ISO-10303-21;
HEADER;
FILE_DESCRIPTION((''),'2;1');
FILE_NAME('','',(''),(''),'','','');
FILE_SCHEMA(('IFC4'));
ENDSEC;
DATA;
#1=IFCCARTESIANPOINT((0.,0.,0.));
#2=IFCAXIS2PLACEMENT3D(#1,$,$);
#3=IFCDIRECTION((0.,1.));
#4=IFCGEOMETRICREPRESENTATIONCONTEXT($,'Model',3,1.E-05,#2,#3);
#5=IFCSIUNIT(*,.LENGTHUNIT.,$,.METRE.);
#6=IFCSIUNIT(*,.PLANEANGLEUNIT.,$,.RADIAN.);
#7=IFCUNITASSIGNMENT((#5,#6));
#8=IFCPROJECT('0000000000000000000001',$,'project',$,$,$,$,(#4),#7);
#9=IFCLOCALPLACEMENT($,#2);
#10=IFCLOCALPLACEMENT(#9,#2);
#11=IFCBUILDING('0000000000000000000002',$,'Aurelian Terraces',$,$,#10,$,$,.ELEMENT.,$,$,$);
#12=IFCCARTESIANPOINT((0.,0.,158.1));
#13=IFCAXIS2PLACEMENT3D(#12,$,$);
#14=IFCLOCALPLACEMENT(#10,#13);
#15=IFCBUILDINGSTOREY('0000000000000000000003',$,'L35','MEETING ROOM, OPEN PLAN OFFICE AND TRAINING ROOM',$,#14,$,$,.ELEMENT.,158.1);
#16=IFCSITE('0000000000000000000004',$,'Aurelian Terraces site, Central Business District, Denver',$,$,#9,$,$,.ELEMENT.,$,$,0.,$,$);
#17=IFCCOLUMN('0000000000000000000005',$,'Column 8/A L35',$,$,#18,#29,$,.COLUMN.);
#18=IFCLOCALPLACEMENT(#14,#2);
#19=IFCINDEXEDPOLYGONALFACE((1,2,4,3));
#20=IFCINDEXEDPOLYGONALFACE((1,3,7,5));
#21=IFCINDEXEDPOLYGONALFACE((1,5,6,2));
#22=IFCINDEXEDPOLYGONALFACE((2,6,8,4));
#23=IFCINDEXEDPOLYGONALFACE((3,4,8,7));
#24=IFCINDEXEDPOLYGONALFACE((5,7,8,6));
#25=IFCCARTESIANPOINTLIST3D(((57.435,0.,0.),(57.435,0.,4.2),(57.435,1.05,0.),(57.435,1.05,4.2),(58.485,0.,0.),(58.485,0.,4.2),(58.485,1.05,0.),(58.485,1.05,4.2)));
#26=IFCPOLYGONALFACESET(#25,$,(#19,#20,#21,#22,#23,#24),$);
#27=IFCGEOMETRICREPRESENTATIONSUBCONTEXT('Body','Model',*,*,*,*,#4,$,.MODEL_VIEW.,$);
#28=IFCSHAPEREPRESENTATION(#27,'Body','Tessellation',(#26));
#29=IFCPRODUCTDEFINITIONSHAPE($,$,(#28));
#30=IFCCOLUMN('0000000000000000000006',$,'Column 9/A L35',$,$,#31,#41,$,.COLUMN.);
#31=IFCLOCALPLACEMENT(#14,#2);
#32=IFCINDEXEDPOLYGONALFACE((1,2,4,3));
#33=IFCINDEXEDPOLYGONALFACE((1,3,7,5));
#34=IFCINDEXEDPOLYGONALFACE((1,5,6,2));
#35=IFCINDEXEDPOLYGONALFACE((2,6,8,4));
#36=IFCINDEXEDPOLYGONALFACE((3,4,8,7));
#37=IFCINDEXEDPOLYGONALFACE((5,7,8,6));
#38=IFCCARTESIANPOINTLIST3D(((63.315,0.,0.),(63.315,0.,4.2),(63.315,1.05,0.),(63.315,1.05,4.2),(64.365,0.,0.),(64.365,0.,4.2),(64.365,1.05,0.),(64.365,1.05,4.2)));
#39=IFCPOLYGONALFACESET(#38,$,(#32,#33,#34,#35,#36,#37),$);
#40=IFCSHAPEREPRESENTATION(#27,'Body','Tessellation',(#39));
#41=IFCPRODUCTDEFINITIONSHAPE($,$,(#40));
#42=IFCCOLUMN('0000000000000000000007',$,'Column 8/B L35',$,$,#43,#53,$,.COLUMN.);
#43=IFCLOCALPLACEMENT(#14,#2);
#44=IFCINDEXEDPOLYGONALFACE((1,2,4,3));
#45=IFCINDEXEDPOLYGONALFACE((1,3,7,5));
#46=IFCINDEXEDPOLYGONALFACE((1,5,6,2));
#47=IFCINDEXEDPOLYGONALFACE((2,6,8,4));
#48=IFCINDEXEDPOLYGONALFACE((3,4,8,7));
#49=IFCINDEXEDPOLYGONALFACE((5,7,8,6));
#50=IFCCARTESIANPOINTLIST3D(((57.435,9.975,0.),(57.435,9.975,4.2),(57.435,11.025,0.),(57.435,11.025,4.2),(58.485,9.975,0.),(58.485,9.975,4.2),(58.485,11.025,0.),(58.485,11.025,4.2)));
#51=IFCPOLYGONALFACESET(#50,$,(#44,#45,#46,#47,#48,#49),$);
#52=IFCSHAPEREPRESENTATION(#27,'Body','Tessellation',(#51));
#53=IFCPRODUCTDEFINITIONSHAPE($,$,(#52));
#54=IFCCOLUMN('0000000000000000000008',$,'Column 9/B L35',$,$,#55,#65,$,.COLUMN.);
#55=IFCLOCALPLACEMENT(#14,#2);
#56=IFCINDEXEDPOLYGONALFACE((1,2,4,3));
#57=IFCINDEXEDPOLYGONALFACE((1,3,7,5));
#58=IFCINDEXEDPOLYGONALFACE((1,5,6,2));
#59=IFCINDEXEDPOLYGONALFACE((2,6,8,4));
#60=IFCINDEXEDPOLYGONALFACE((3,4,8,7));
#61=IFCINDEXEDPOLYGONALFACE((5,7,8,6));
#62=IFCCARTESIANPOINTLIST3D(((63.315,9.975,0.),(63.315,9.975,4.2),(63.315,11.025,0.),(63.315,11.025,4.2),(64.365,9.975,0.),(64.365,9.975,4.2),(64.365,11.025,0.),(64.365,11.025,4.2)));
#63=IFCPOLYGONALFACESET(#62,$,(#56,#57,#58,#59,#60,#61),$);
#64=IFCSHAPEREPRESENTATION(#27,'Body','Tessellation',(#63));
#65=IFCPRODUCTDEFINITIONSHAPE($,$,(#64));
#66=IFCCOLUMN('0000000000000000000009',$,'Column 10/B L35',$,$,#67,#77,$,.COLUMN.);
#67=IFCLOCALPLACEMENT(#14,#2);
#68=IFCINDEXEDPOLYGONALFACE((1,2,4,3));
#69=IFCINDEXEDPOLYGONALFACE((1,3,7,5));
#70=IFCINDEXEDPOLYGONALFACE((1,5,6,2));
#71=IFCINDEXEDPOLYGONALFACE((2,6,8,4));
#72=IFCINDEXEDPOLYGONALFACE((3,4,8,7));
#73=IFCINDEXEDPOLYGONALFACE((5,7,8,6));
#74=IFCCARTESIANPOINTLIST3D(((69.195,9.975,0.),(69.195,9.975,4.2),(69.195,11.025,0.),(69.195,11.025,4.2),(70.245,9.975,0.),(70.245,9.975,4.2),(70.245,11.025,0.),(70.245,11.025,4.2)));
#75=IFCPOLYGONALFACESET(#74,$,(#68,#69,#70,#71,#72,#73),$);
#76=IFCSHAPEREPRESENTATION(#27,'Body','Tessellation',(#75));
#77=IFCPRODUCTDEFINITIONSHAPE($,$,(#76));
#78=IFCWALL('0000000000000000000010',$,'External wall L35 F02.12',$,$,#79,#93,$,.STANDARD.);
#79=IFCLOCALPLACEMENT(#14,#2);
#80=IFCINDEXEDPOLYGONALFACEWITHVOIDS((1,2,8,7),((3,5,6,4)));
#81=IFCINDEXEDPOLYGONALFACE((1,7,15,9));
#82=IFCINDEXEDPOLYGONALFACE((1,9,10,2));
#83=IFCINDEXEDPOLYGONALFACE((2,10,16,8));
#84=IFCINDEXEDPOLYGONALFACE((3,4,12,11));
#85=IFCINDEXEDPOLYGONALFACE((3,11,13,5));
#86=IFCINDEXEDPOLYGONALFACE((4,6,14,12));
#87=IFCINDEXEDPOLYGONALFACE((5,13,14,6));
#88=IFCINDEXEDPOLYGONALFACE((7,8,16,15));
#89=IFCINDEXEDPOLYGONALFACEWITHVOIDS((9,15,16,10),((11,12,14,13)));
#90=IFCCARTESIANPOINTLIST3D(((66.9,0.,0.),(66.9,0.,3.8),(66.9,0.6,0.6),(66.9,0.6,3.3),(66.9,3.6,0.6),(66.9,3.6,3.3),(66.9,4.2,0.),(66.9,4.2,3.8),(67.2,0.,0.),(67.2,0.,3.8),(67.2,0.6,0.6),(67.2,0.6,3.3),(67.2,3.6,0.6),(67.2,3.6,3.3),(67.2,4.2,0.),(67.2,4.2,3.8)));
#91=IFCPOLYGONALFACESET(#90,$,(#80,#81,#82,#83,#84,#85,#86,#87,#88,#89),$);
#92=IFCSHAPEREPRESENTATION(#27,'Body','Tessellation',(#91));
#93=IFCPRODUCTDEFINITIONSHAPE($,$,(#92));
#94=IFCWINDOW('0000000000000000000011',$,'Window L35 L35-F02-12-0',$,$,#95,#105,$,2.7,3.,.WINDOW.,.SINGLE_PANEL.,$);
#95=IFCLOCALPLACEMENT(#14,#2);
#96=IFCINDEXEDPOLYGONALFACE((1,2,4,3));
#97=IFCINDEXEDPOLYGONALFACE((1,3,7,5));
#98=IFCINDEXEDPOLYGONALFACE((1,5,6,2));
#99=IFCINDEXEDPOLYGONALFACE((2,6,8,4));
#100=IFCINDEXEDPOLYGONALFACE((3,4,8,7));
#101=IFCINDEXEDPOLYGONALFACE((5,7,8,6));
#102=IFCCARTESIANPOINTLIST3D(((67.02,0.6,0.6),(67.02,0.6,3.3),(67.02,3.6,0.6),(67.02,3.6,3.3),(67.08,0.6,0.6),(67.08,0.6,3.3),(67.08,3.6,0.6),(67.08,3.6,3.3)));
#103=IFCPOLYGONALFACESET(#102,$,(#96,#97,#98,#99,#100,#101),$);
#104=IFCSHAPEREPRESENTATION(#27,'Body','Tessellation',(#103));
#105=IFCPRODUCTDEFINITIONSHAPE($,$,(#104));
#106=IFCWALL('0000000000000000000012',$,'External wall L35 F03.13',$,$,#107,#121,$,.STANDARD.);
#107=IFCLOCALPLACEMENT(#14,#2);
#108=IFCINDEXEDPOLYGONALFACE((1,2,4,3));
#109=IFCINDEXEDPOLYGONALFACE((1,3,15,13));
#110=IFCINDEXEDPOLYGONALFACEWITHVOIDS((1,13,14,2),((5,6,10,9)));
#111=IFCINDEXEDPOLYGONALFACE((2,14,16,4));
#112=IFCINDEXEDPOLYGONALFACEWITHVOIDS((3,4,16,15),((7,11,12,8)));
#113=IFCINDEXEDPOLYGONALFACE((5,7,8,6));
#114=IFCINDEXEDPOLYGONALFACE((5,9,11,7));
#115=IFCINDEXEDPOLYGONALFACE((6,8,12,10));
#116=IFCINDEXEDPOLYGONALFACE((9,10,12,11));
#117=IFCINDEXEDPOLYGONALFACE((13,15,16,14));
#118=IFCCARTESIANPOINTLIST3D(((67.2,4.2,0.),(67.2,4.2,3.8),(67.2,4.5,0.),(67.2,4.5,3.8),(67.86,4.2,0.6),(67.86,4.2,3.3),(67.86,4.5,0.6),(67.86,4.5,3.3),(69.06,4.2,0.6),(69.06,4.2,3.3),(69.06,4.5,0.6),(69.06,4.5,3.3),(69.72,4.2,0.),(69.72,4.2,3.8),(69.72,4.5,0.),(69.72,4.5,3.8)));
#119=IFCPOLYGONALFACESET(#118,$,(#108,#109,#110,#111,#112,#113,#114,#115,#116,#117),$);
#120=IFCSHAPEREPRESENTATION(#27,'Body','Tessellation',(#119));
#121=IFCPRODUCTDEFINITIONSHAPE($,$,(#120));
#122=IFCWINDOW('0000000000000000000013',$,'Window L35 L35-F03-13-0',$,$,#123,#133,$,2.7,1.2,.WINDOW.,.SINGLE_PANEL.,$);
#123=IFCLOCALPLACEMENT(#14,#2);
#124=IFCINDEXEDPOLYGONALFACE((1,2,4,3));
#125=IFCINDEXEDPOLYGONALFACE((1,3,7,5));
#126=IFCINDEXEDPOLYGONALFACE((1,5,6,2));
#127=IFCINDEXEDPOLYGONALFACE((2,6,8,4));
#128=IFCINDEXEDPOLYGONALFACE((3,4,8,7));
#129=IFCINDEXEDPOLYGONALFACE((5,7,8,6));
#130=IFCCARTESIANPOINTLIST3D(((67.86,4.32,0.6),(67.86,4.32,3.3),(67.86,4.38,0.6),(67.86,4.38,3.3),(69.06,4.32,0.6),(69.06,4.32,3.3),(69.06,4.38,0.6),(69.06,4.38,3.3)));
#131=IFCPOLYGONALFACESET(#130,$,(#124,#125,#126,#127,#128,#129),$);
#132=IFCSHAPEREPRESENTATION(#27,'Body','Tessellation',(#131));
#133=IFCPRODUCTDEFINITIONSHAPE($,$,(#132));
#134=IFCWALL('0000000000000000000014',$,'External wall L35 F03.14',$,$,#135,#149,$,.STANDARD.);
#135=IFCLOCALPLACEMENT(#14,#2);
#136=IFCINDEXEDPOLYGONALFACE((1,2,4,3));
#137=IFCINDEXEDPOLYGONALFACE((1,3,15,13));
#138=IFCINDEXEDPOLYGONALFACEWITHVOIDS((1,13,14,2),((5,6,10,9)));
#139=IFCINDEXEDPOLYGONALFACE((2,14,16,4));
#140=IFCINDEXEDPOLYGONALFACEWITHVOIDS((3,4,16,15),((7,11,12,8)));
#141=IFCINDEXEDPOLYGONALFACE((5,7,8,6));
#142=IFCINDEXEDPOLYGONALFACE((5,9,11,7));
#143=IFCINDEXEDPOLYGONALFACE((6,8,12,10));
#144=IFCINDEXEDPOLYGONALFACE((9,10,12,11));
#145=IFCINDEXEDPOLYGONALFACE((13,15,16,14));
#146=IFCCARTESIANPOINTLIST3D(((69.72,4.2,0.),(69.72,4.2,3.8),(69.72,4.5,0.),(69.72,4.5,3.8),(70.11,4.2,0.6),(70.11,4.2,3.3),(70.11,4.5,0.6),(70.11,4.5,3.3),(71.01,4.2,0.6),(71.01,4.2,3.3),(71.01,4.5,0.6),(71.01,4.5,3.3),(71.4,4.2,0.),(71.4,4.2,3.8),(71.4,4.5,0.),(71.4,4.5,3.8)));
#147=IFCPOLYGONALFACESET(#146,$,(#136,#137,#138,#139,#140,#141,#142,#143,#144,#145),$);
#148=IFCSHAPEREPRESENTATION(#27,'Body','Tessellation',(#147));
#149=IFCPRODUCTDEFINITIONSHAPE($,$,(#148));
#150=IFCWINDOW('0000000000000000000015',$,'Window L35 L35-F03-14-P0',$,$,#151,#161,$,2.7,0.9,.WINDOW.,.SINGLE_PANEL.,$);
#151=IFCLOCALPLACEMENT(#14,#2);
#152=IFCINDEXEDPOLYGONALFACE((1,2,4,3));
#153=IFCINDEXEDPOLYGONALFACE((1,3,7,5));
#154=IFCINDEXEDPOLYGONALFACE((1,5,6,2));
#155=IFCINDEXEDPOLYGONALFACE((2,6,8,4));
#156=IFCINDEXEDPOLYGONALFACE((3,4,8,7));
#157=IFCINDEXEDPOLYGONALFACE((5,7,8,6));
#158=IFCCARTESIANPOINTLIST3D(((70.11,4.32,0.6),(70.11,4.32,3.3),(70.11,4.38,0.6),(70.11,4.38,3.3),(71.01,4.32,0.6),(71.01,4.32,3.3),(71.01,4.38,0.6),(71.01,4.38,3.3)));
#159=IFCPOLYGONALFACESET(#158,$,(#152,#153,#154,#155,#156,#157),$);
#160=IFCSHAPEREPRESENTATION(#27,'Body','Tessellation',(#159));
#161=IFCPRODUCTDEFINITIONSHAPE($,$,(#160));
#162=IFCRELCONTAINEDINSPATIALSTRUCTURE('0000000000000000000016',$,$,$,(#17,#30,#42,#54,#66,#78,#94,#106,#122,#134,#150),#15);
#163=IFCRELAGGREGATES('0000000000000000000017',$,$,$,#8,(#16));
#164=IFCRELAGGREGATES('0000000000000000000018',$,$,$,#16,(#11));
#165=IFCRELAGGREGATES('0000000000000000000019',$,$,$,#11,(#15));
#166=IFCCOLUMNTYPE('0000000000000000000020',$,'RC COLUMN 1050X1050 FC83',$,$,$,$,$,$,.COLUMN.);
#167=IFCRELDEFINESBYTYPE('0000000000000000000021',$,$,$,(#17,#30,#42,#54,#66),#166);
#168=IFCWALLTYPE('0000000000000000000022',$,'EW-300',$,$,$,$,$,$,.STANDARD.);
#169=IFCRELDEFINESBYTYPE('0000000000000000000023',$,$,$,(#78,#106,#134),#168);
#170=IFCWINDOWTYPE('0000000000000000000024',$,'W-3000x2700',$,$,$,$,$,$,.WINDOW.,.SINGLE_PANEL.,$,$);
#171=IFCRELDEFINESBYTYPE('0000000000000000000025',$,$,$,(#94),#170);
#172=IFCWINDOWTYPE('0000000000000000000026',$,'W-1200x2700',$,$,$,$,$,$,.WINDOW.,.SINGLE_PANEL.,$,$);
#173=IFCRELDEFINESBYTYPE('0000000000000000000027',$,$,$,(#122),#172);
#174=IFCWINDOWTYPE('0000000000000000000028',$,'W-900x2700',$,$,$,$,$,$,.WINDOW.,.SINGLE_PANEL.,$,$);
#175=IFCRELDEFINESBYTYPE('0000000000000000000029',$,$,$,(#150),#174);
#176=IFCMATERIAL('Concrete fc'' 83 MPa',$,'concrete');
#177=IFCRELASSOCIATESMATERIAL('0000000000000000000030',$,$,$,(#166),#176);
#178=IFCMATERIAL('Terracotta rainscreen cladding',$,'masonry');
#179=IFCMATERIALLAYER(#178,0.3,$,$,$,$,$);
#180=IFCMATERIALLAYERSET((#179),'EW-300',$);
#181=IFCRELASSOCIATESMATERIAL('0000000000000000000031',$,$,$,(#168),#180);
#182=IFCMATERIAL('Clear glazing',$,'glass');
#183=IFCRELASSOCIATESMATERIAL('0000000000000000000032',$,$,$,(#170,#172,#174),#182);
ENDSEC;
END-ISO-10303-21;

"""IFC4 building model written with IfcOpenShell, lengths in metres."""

from ifc_helpers import new_model, si_unit, direction, frame, frame_2d, origin, origin_2d, place, context, subcontext, project, spatial, rectangle, extrude, source, transform, mapped, material, layer, layer_set, material_profile, profile_set, type_object, element, fill, save


model = new_model("IFC4")

# Units and contexts
model_context = context("Model", 3, precision=1e-05, world=origin(), true_north=direction((0.0, 1.0)))
body_context = subcontext(model_context, "Body", "Model", "MODEL_VIEW")
ifc_project = project(units=[si_unit("LENGTHUNIT", "METRE"), si_unit("PLANEANGLEUNIT", "RADIAN")], contexts=[model_context])

# Site, building, storey
site_placement = place(None, origin())
site = spatial("IfcSite", under=ifc_project, at=site_placement, Name="Aurelian Terraces site, Central Business District, Denver", CompositionType="ELEMENT", RefElevation=0.0)
building_placement = place(site_placement, origin())
building = spatial("IfcBuilding", under=site, at=building_placement, Name="Aurelian Terraces", CompositionType="ELEMENT")
storey_placement = place(building_placement, frame((0.0, 0.0, 158.1)))
storey = spatial("IfcBuildingStorey", under=building, at=storey_placement, Name="L35", Description="MEETING ROOM, OPEN PLAN OFFICE AND TRAINING ROOM", CompositionType="ELEMENT", Elevation=158.1)

# Columns
ifc_material_1 = material(Name="Concrete fc' 83 MPa", Category="concrete")
ifc_material_profile = material_profile(ifc_material_1, rectangle(XDim=1.05, YDim=1.05, at=origin_2d()))
ifc_profile_set = profile_set([ifc_material_profile], Name="Concrete fc' 83 MPa")
column_type = type_object("IfcColumnType", Name="RC COLUMN 1050X1050 FC83", PredefinedType="COLUMN", material=ifc_profile_set)
shared_shape_1 = source(origin(), body_context, "Body", "SweptSolid", [
    extrude(rectangle(XDim=1.05, YDim=1.05, at=origin_2d()), origin(), (0.0, 0.0, 1.0), 4.2),
])
for number, where, z_axis, x_axis, name in (
    (1, (57.96, 0.525, 0.0), (0.0, 0.0, 1.0), (1.0, 0.0, 0.0), "Column 8/A L35"),
    (2, (63.84, 0.525, 0.0), (0.0, 0.0, 1.0), (1.0, 0.0, 0.0), "Column 9/A L35"),
    (3, (57.96, 10.5, 0.0), (0.0, 0.0, 1.0), (1.0, 0.0, 0.0), "Column 8/B L35"),
    (4, (63.84, 10.5, 0.0), (0.0, 0.0, 1.0), (1.0, 0.0, 0.0), "Column 9/B L35"),
    (5, (69.72, 10.5, 0.0), (0.0, 0.0, 1.0), (1.0, 0.0, 0.0), "Column 10/B L35"),
):
    element("IfcColumn", number, at=place(storey_placement, frame(where, z_axis=z_axis, x_axis=x_axis)), inside=storey, type_object=column_type, Name=name, PredefinedType="COLUMN", context=body_context, shape_type="MappedRepresentation", body=[
        mapped(shared_shape_1, transform((0.0, 0.0, 0.0), scale=1.0)),
    ])

# Walls, openings, windows
ifc_material_2 = material(Name="Terracotta rainscreen cladding", Category="masonry")
ifc_layer_1 = layer(ifc_material_2, 0.3)
ifc_layer_set_1 = layer_set([ifc_layer_1], Name="EW-300")
wall_type_1 = type_object("IfcWallType", Name="EW-300", PredefinedType="STANDARD", material=ifc_layer_set_1)
shared_shape_2 = source(origin(), body_context, "Body", "SweptSolid", [
    extrude(rectangle(XDim=4.2, YDim=0.3, at=frame_2d((2.1, 0.0))), origin(), (0.0, 0.0, 1.0), 3.8),
])
wall_1_placement = place(storey_placement, frame((67.05, 0.0, 0.0), z_axis=(0.0, 0.0, 1.0), x_axis=(0.0, 1.0, 0.0)))
wall_1 = element("IfcWall", 6, at=wall_1_placement, inside=storey, type_object=wall_type_1, Name="External wall L35 F02.12", PredefinedType="STANDARD", context=body_context, shape_type="MappedRepresentation", body=[
    mapped(shared_shape_2, transform((0.0, 0.0, 0.0), scale=1.0)),
])
shared_shape_3 = source(origin(), body_context, "Body", "SweptSolid", [
    extrude(rectangle(XDim=3.0, YDim=2.7, at=frame_2d((1.5, 1.35))), frame((0.0, 0.16, 0.0), z_axis=(0.0, -1.0, 0.0), x_axis=(1.0, 0.0, 0.0)), (0.0, 0.0, 1.0), 0.32),
])
opening_1_placement = place(wall_1_placement, frame((0.6, 0.0, 0.6)))
opening_1 = element("IfcOpeningElement", 7, at=opening_1_placement, cuts=wall_1, PredefinedType="OPENING", context=body_context, shape_type="MappedRepresentation", body=[
    mapped(shared_shape_3, transform((0.0, 0.0, 0.0), scale=1.0)),
])
ifc_material_3 = material(Name="Clear glazing", Category="glass")
window_type_1 = type_object("IfcWindowType", Name="W-3000x2700", PartitioningType="SINGLE_PANEL", PredefinedType="WINDOW", material=ifc_material_3)
shared_shape_4 = source(origin(), body_context, "Body", "SweptSolid", [
    extrude(rectangle(XDim=3.0, YDim=2.7, at=frame_2d((1.5, 1.35))), frame((0.0, 0.03, 0.0), z_axis=(0.0, -1.0, 0.0), x_axis=(1.0, 0.0, 0.0)), (0.0, 0.0, 1.0), 0.06),
])
window_1_placement = place(opening_1_placement, origin())
window_1 = element("IfcWindow", 8, at=window_1_placement, inside=storey, type_object=window_type_1, Name="Window L35 L35-F02-12-0", OverallHeight=2.7, OverallWidth=3.0, PartitioningType="SINGLE_PANEL", PredefinedType="WINDOW", context=body_context, shape_type="MappedRepresentation", body=[
    mapped(shared_shape_4, transform((0.0, 0.0, 0.0), scale=1.0)),
])
fill(opening_1, window_1)
shared_shape_5 = source(origin(), body_context, "Body", "SweptSolid", [
    extrude(rectangle(XDim=2.52, YDim=0.3, at=frame_2d((1.26, 0.0))), origin(), (0.0, 0.0, 1.0), 3.8),
])
wall_2_placement = place(storey_placement, frame((67.2, 4.35, 0.0), z_axis=(0.0, 0.0, 1.0), x_axis=(1.0, 0.0, 0.0)))
wall_2 = element("IfcWall", 9, at=wall_2_placement, inside=storey, type_object=wall_type_1, Name="External wall L35 F03.13", PredefinedType="STANDARD", context=body_context, shape_type="MappedRepresentation", body=[
    mapped(shared_shape_5, transform((0.0, 0.0, 0.0), scale=1.0)),
])
shared_shape_6 = source(origin(), body_context, "Body", "SweptSolid", [
    extrude(rectangle(XDim=1.2, YDim=2.7, at=frame_2d((0.6, 1.35))), frame((0.0, 0.16, 0.0), z_axis=(0.0, -1.0, 0.0), x_axis=(1.0, 0.0, 0.0)), (0.0, 0.0, 1.0), 0.32),
])
opening_2_placement = place(wall_2_placement, frame((0.66, 0.0, 0.6)))
opening_2 = element("IfcOpeningElement", 10, at=opening_2_placement, cuts=wall_2, PredefinedType="OPENING", context=body_context, shape_type="MappedRepresentation", body=[
    mapped(shared_shape_6, transform((0.0, 0.0, 0.0), scale=1.0)),
])
window_type_2 = type_object("IfcWindowType", Name="W-1200x2700", PartitioningType="SINGLE_PANEL", PredefinedType="WINDOW", material=ifc_material_3)
shared_shape_7 = source(origin(), body_context, "Body", "SweptSolid", [
    extrude(rectangle(XDim=1.2, YDim=2.7, at=frame_2d((0.6, 1.35))), frame((0.0, 0.03, 0.0), z_axis=(0.0, -1.0, 0.0), x_axis=(1.0, 0.0, 0.0)), (0.0, 0.0, 1.0), 0.06),
])
window_2_placement = place(opening_2_placement, origin())
window_2 = element("IfcWindow", 11, at=window_2_placement, inside=storey, type_object=window_type_2, Name="Window L35 L35-F03-13-0", OverallHeight=2.7, OverallWidth=1.2, PartitioningType="SINGLE_PANEL", PredefinedType="WINDOW", context=body_context, shape_type="MappedRepresentation", body=[
    mapped(shared_shape_7, transform((0.0, 0.0, 0.0), scale=1.0)),
])
fill(opening_2, window_2)
shared_shape_8 = source(origin(), body_context, "Body", "SweptSolid", [
    extrude(rectangle(XDim=1.68, YDim=0.3, at=frame_2d((0.84, 0.0))), origin(), (0.0, 0.0, 1.0), 3.8),
])
wall_3_placement = place(storey_placement, frame((69.72, 4.35, 0.0), z_axis=(0.0, 0.0, 1.0), x_axis=(1.0, 0.0, 0.0)))
wall_3 = element("IfcWall", 12, at=wall_3_placement, inside=storey, type_object=wall_type_1, Name="External wall L35 F03.14", PredefinedType="STANDARD", context=body_context, shape_type="MappedRepresentation", body=[
    mapped(shared_shape_8, transform((0.0, 0.0, 0.0), scale=1.0)),
])
shared_shape_9 = source(origin(), body_context, "Body", "SweptSolid", [
    extrude(rectangle(XDim=0.9, YDim=2.7, at=frame_2d((0.45, 1.35))), frame((0.0, 0.16, 0.0), z_axis=(0.0, -1.0, 0.0), x_axis=(1.0, 0.0, 0.0)), (0.0, 0.0, 1.0), 0.32),
])
opening_3_placement = place(wall_3_placement, frame((0.39, 0.0, 0.6)))
opening_3 = element("IfcOpeningElement", 13, at=opening_3_placement, cuts=wall_3, PredefinedType="OPENING", context=body_context, shape_type="MappedRepresentation", body=[
    mapped(shared_shape_9, transform((0.0, 0.0, 0.0), scale=1.0)),
])
window_type_3 = type_object("IfcWindowType", Name="W-900x2700", PartitioningType="SINGLE_PANEL", PredefinedType="WINDOW", material=ifc_material_3)
shared_shape_10 = source(origin(), body_context, "Body", "SweptSolid", [
    extrude(rectangle(XDim=0.9, YDim=2.7, at=frame_2d((0.45, 1.35))), frame((0.0, 0.03, 0.0), z_axis=(0.0, -1.0, 0.0), x_axis=(1.0, 0.0, 0.0)), (0.0, 0.0, 1.0), 0.06),
])
window_3_placement = place(opening_3_placement, origin())
window_3 = element("IfcWindow", 14, at=window_3_placement, inside=storey, type_object=window_type_3, Name="Window L35 L35-F03-14-P0", OverallHeight=2.7, OverallWidth=0.9, PartitioningType="SINGLE_PANEL", PredefinedType="WINDOW", context=body_context, shape_type="MappedRepresentation", body=[
    mapped(shared_shape_10, transform((0.0, 0.0, 0.0), scale=1.0)),
])
fill(opening_3, window_3)

save(model, "model.ifc")
